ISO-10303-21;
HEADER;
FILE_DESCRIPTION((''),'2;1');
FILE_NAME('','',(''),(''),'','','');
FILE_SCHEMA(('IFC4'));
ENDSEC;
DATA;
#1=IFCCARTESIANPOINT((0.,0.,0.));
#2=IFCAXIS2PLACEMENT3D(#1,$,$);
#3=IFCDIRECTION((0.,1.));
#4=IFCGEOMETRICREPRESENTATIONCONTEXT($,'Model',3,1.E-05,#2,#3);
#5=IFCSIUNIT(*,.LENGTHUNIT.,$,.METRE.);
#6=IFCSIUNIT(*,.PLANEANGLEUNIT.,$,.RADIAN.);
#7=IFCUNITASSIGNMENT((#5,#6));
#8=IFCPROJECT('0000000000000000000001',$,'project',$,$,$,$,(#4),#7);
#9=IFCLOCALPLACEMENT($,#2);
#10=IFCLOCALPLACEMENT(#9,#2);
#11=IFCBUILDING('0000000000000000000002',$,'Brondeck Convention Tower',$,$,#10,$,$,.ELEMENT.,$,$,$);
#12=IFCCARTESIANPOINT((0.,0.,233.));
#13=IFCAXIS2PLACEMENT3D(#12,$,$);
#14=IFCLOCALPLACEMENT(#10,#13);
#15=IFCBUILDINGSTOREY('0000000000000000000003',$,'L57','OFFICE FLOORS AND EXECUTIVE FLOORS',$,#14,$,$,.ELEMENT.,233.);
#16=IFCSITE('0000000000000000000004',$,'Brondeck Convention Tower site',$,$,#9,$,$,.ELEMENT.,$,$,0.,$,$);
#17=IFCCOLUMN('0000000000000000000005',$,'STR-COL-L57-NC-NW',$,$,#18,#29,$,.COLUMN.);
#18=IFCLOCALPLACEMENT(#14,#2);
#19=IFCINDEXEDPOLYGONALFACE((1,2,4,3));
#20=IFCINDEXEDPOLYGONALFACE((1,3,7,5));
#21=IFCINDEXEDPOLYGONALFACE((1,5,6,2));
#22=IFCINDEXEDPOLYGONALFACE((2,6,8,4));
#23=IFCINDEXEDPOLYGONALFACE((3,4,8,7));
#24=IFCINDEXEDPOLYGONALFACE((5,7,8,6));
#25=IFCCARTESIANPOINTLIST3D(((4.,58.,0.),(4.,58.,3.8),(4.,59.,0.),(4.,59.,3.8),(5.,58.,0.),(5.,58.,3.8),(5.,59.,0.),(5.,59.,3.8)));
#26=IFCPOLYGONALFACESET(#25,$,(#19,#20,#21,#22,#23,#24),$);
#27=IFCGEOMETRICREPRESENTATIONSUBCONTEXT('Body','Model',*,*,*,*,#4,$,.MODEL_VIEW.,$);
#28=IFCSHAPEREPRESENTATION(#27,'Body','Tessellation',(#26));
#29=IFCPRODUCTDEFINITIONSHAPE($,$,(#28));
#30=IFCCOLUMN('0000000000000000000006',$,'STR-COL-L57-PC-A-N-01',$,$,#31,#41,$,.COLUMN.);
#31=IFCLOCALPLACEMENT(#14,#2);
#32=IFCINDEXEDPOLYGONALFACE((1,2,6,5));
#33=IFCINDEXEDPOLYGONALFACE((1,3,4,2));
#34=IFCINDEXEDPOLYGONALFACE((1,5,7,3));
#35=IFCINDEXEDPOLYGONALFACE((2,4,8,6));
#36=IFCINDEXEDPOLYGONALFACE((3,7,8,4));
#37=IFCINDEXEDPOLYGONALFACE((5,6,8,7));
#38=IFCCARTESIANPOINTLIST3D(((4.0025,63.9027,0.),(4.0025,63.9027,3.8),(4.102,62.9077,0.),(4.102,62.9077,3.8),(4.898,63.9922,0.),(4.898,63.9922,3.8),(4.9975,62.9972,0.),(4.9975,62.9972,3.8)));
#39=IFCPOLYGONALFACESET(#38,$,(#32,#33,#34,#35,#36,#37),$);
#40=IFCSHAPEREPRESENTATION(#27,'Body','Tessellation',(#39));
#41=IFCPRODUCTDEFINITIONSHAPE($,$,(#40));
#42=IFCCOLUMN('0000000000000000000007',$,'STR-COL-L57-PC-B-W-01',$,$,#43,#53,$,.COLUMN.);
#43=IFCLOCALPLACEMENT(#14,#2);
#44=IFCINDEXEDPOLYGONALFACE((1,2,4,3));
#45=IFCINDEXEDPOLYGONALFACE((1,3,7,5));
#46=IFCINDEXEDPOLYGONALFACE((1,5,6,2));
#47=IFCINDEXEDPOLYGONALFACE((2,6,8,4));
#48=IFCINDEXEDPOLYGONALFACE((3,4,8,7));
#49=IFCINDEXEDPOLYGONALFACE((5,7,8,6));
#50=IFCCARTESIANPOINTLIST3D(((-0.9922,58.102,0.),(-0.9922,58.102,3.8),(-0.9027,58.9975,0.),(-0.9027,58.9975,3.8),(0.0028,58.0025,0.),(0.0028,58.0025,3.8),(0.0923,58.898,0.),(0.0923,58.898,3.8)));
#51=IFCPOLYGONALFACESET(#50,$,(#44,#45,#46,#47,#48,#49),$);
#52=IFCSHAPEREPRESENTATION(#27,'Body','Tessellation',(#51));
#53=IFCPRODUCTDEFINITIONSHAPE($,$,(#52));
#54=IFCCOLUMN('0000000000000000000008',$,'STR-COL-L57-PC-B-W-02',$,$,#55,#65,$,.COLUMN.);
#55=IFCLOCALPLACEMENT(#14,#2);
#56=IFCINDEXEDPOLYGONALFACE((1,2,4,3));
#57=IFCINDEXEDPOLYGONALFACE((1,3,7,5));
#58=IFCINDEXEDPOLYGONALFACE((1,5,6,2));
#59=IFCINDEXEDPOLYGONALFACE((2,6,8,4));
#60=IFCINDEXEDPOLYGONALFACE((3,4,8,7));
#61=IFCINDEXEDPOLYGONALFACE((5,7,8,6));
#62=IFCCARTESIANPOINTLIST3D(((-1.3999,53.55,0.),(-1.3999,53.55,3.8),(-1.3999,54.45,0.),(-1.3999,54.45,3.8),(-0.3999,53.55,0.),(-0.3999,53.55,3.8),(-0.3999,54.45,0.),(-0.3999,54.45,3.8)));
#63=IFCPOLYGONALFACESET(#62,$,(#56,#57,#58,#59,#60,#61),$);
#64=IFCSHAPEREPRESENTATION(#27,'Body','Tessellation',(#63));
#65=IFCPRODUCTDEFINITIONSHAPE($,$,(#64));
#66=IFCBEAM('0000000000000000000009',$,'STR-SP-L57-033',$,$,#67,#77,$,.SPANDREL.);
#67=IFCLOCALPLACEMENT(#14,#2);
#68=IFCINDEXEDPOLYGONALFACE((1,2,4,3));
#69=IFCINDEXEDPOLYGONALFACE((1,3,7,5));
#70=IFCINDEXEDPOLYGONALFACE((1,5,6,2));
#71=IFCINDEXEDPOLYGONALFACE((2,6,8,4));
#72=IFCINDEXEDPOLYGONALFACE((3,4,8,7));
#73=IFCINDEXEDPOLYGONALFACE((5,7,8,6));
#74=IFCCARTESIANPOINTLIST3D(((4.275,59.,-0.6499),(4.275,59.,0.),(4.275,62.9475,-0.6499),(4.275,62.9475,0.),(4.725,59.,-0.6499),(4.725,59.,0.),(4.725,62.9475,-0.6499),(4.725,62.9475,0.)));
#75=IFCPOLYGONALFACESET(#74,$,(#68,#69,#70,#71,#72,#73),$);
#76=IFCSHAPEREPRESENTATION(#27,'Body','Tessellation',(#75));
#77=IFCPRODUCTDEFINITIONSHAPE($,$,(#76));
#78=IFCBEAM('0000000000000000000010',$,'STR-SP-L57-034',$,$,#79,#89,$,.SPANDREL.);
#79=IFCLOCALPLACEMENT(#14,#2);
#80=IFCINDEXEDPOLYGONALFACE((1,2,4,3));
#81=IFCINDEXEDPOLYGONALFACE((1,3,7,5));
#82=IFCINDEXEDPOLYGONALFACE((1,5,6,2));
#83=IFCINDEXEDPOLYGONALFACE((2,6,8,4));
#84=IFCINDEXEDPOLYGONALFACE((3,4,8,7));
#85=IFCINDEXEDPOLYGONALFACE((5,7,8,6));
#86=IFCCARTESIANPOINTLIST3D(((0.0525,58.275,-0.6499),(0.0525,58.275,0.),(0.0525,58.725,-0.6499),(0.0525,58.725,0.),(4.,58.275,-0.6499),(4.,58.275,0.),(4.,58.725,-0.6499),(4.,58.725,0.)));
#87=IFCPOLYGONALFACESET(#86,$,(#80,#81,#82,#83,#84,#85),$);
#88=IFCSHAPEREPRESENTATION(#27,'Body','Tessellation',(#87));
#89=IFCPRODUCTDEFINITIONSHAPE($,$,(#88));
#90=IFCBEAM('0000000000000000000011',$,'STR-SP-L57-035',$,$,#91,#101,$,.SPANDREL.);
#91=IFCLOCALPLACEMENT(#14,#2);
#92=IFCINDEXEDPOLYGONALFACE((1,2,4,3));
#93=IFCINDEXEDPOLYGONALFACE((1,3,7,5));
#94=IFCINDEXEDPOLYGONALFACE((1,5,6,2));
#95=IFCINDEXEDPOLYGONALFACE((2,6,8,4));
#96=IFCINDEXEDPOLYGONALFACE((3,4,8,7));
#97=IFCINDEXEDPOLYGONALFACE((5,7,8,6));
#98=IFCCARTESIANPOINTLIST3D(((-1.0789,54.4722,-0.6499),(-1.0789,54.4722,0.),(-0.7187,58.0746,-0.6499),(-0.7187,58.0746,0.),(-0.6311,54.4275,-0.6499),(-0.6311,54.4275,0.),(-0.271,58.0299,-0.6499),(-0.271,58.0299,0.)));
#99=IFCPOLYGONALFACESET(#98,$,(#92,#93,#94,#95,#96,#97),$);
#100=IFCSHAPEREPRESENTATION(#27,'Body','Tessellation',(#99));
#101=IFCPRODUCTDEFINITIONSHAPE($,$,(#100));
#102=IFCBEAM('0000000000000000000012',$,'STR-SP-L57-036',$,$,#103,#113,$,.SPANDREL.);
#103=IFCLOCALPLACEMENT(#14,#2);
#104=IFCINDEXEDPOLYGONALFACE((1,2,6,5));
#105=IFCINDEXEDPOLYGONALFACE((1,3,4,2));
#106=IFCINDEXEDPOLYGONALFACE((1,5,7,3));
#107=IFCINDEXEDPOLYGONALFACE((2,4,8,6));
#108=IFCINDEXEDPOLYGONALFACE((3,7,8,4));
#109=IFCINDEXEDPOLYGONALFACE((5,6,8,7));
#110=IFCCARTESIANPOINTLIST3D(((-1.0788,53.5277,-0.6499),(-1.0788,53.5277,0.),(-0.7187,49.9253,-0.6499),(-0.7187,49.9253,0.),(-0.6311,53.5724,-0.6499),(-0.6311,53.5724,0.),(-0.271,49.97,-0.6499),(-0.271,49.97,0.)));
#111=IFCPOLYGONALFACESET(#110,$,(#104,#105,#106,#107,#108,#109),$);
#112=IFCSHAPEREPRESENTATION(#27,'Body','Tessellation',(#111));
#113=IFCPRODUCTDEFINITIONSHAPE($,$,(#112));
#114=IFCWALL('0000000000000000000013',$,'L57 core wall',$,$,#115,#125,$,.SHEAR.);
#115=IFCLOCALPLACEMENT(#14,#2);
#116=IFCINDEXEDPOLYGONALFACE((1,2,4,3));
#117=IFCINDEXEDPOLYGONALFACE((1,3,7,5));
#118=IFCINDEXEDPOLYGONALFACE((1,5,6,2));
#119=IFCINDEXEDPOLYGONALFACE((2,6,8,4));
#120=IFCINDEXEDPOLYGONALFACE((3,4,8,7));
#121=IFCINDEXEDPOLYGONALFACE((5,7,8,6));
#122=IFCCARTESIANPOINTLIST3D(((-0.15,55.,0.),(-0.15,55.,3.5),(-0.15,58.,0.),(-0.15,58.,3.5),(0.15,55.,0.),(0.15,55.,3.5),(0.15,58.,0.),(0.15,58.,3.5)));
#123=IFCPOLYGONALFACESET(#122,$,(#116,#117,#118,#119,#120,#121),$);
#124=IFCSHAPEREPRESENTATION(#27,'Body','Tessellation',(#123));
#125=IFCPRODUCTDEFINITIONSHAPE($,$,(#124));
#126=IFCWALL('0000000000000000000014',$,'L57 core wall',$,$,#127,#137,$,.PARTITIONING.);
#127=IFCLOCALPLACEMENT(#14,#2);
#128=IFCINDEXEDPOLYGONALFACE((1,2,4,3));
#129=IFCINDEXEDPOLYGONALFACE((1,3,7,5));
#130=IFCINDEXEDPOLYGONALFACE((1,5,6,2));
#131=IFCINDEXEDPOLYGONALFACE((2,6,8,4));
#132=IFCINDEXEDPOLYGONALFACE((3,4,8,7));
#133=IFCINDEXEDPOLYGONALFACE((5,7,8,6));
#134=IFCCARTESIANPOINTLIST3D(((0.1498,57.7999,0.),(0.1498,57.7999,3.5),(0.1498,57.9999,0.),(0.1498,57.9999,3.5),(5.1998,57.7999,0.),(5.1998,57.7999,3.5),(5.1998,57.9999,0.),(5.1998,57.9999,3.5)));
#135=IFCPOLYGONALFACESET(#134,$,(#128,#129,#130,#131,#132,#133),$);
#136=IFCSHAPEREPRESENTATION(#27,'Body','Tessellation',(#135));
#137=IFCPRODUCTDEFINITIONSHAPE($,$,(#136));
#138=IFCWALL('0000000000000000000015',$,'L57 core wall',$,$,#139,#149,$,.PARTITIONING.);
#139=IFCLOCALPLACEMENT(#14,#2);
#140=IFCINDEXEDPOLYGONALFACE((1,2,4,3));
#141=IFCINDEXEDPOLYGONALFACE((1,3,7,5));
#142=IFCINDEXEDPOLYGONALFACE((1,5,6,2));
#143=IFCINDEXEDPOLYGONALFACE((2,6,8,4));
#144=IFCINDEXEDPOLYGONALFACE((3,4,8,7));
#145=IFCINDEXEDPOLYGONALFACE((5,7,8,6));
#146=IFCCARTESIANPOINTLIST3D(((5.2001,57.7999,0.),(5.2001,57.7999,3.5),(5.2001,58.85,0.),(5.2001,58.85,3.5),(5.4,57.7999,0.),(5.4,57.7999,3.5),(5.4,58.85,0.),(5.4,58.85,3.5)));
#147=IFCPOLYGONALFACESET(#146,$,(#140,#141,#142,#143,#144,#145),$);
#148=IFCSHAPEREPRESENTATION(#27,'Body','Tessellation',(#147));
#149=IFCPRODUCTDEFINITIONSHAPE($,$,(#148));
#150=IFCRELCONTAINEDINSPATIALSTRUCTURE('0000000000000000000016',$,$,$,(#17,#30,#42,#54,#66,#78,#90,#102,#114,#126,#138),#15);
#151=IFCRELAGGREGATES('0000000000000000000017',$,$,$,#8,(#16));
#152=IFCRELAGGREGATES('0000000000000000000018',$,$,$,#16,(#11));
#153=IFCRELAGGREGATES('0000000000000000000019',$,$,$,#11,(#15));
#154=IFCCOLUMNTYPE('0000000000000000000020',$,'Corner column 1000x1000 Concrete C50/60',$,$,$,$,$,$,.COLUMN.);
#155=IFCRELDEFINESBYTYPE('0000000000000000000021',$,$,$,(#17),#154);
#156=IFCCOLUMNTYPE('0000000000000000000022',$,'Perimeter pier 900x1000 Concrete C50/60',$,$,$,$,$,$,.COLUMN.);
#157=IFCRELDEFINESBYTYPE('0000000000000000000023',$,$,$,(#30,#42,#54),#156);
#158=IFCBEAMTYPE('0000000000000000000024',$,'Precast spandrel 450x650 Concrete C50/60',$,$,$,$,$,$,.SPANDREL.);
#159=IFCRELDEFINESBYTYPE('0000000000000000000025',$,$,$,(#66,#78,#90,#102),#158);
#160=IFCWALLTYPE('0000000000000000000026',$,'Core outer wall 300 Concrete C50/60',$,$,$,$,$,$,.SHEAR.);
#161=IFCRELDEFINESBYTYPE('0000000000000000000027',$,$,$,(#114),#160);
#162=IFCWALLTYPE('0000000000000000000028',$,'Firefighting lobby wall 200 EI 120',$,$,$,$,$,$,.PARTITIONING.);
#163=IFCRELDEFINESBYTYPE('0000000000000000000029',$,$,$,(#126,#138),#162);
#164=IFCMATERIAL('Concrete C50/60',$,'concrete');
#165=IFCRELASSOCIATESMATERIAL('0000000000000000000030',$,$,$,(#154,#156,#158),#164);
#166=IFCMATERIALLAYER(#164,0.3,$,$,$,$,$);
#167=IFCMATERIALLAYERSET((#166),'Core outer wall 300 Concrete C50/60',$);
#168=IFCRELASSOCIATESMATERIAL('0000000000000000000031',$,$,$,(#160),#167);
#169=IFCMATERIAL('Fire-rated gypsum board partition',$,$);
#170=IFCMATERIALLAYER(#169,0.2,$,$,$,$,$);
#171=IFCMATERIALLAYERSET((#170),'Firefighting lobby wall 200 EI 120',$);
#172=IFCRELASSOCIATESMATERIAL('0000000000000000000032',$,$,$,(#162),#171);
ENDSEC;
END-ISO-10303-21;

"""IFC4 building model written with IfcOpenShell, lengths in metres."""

from ifc_helpers import new_model, si_unit, direction, frame, frame_2d, origin, origin_2d, place, context, subcontext, project, spatial, rectangle, extrude, material, layer, layer_set, material_profile, profile_set, type_object, element, save


model = new_model("IFC4")

# Units and contexts
model_context = context("Model", 3, precision=1e-05, world=origin(), true_north=direction((0.0, 1.0)))
body_context = subcontext(model_context, "Body", "Model", "MODEL_VIEW")
ifc_project = project(units=[si_unit("LENGTHUNIT", "METRE"), si_unit("PLANEANGLEUNIT", "RADIAN")], contexts=[model_context])

# Site, building, storey
site_placement = place(None, origin())
site = spatial("IfcSite", under=ifc_project, at=site_placement, Name="Brondeck Convention Tower site", CompositionType="ELEMENT", RefElevation=0.0)
building_placement = place(site_placement, origin())
building = spatial("IfcBuilding", under=site, at=building_placement, Name="Brondeck Convention Tower", CompositionType="ELEMENT")
storey_placement = place(building_placement, frame((0.0, 0.0, 233.0)))
storey = spatial("IfcBuildingStorey", under=building, at=storey_placement, Name="L57", Description="OFFICE FLOORS AND EXECUTIVE FLOORS", CompositionType="ELEMENT", Elevation=233.0)

# Columns
ifc_material_1 = material(Name="Concrete C50/60", Category="concrete")
ifc_material_profile_1 = material_profile(ifc_material_1, rectangle(XDim=1.0, YDim=1.0, at=origin_2d()), Name="Corner column 1000x1000 Concrete C50/60")
ifc_profile_set_1 = profile_set([ifc_material_profile_1], Name="Concrete C50/60")
column_type_1 = type_object("IfcColumnType", Name="Corner column 1000x1000 Concrete C50/60", PredefinedType="COLUMN", material=ifc_profile_set_1)
column_placement = place(storey_placement, frame((4.5, 58.5, 0.0), z_axis=(0.0, 0.0, 1.0), x_axis=(1.0, 0.0, 0.0)))
element("IfcColumn", 1, at=column_placement, inside=storey, type_object=column_type_1, Name="STR-COL-L57-NC-NW", PredefinedType="COLUMN", context=body_context, shape_type="SweptSolid", body=[
    extrude(rectangle(XDim=1.0, YDim=1.0, at=origin_2d()), origin(), (0.0, 0.0, 1.0), 3.8),
])
ifc_material_profile_2 = material_profile(ifc_material_1, rectangle(XDim=0.8999, YDim=1.0, at=origin_2d()), Name="Perimeter pier 900x1000 Concrete C50/60")
ifc_profile_set_2 = profile_set([ifc_material_profile_2], Name="Concrete C50/60")
column_type_2 = type_object("IfcColumnType", Name="Perimeter pier 900x1000 Concrete C50/60", PredefinedType="COLUMN", material=ifc_profile_set_2)
for number, where, z_axis, x_axis, name in (
    (2, (4.5, 63.45, 0.0), (0.0, 0.0, 1.0), (-0.995037, -0.099504, 0.0), "STR-COL-L57-PC-A-N-01"),
    (3, (-0.45, 58.5, 0.0), (0.0, 0.0, 1.0), (-0.099504, -0.995037, 0.0), "STR-COL-L57-PC-B-W-01"),
    (4, (-0.8999, 54.0, 0.0), (0.0, 0.0, 1.0), (0.0, -1.0, 0.0), "STR-COL-L57-PC-B-W-02"),
):
    element("IfcColumn", number, at=place(storey_placement, frame(where, z_axis=z_axis, x_axis=x_axis)), inside=storey, type_object=column_type_2, Name=name, PredefinedType="COLUMN", context=body_context, shape_type="SweptSolid", body=[
        extrude(rectangle(XDim=0.8999, YDim=1.0, at=origin_2d()), origin(), (0.0, 0.0, 1.0), 3.8),
    ])

# Beams
ifc_material_profile_3 = material_profile(ifc_material_1, rectangle(XDim=0.45, YDim=0.6499, at=origin_2d()), Name="Precast spandrel 450x650 Concrete C50/60")
ifc_profile_set_3 = profile_set([ifc_material_profile_3], Name="Concrete C50/60")
beam_type = type_object("IfcBeamType", Name="Precast spandrel 450x650 Concrete C50/60", PredefinedType="SPANDREL", material=ifc_profile_set_3)
for number, where, z_axis, x_axis, name in (
    (5, (4.5, 62.9475, -0.325), (0.0, -1.0, 0.0), (1.0, 0.0, 0.0), "STR-SP-L57-033"),
    (6, (4.0, 58.5, -0.325), (-1.0, 0.0, 0.0), (0.0, -1.0, 0.0), "STR-SP-L57-034"),
):
    element("IfcBeam", number, at=place(storey_placement, frame(where, z_axis=z_axis, x_axis=x_axis)), inside=storey, type_object=beam_type, Name=name, PredefinedType="SPANDREL", context=body_context, shape_type="SweptSolid", body=[
        extrude(rectangle(XDim=0.45, YDim=0.6499, at=origin_2d()), origin(), (0.0, 0.0, 1.0), 3.9475),
    ])
for number, where, z_axis, x_axis, name in (
    (7, (-0.4949, 58.0522, -0.325), (-0.09947, -0.995041, 0.0), (0.995041, -0.09947, 0.0), "STR-SP-L57-035"),
    (8, (-0.855, 53.55, -0.325), (0.09947, -0.995041, 0.0), (0.995041, 0.09947, 0.0), "STR-SP-L57-036"),
):
    element("IfcBeam", number, at=place(storey_placement, frame(where, z_axis=z_axis, x_axis=x_axis)), inside=storey, type_object=beam_type, Name=name, PredefinedType="SPANDREL", context=body_context, shape_type="SweptSolid", body=[
        extrude(rectangle(XDim=0.45, YDim=0.6499, at=origin_2d()), origin(), (0.0, 0.0, 1.0), 3.6204),
    ])

# Walls
ifc_layer_1 = layer(ifc_material_1, 0.3)
ifc_layer_set_1 = layer_set([ifc_layer_1], Name="Core outer wall 300 Concrete C50/60")
wall_type_1 = type_object("IfcWallType", Name="Core outer wall 300 Concrete C50/60", PredefinedType="SHEAR", material=ifc_layer_set_1)
wall_1_placement = place(storey_placement, frame((0.0, 55.0, 0.0), z_axis=(0.0, 0.0, 1.0), x_axis=(0.0, 1.0, 0.0)))
element("IfcWall", 9, at=wall_1_placement, inside=storey, type_object=wall_type_1, Name="L57 core wall", PredefinedType="SHEAR", context=body_context, shape_type="SweptSolid", body=[
    extrude(rectangle(XDim=3.0, YDim=0.3, at=frame_2d((1.5, 0.0))), origin(), (0.0, 0.0, 1.0), 3.5),
])
ifc_material_2 = material(Name="Fire-rated gypsum board partition")
ifc_layer_2 = layer(ifc_material_2, 0.2)
ifc_layer_set_2 = layer_set([ifc_layer_2], Name="Firefighting lobby wall 200 EI 120")
wall_type_2 = type_object("IfcWallType", Name="Firefighting lobby wall 200 EI 120", PredefinedType="PARTITIONING", material=ifc_layer_set_2)
wall_2_placement = place(storey_placement, frame((0.1499, 57.8999, 0.0), z_axis=(0.0, 0.0, 1.0), x_axis=(1.0, 0.0, 0.0)))
element("IfcWall", 10, at=wall_2_placement, inside=storey, type_object=wall_type_2, Name="L57 core wall", PredefinedType="PARTITIONING", context=body_context, shape_type="SweptSolid", body=[
    extrude(rectangle(XDim=5.05, YDim=0.2, at=frame_2d((2.5249, 0.0))), origin(), (0.0, 0.0, 1.0), 3.5),
])
wall_3_placement = place(storey_placement, frame((5.3, 57.8, 0.0), z_axis=(0.0, 0.0, 1.0), x_axis=(0.0, 1.0, 0.0)))
element("IfcWall", 11, at=wall_3_placement, inside=storey, type_object=wall_type_2, Name="L57 core wall", PredefinedType="PARTITIONING", context=body_context, shape_type="SweptSolid", body=[
    extrude(rectangle(XDim=1.05, YDim=0.2, at=frame_2d((0.5249, 0.0))), origin(), (0.0, 0.0, 1.0), 3.5),
])

save(model, "model.ifc")
